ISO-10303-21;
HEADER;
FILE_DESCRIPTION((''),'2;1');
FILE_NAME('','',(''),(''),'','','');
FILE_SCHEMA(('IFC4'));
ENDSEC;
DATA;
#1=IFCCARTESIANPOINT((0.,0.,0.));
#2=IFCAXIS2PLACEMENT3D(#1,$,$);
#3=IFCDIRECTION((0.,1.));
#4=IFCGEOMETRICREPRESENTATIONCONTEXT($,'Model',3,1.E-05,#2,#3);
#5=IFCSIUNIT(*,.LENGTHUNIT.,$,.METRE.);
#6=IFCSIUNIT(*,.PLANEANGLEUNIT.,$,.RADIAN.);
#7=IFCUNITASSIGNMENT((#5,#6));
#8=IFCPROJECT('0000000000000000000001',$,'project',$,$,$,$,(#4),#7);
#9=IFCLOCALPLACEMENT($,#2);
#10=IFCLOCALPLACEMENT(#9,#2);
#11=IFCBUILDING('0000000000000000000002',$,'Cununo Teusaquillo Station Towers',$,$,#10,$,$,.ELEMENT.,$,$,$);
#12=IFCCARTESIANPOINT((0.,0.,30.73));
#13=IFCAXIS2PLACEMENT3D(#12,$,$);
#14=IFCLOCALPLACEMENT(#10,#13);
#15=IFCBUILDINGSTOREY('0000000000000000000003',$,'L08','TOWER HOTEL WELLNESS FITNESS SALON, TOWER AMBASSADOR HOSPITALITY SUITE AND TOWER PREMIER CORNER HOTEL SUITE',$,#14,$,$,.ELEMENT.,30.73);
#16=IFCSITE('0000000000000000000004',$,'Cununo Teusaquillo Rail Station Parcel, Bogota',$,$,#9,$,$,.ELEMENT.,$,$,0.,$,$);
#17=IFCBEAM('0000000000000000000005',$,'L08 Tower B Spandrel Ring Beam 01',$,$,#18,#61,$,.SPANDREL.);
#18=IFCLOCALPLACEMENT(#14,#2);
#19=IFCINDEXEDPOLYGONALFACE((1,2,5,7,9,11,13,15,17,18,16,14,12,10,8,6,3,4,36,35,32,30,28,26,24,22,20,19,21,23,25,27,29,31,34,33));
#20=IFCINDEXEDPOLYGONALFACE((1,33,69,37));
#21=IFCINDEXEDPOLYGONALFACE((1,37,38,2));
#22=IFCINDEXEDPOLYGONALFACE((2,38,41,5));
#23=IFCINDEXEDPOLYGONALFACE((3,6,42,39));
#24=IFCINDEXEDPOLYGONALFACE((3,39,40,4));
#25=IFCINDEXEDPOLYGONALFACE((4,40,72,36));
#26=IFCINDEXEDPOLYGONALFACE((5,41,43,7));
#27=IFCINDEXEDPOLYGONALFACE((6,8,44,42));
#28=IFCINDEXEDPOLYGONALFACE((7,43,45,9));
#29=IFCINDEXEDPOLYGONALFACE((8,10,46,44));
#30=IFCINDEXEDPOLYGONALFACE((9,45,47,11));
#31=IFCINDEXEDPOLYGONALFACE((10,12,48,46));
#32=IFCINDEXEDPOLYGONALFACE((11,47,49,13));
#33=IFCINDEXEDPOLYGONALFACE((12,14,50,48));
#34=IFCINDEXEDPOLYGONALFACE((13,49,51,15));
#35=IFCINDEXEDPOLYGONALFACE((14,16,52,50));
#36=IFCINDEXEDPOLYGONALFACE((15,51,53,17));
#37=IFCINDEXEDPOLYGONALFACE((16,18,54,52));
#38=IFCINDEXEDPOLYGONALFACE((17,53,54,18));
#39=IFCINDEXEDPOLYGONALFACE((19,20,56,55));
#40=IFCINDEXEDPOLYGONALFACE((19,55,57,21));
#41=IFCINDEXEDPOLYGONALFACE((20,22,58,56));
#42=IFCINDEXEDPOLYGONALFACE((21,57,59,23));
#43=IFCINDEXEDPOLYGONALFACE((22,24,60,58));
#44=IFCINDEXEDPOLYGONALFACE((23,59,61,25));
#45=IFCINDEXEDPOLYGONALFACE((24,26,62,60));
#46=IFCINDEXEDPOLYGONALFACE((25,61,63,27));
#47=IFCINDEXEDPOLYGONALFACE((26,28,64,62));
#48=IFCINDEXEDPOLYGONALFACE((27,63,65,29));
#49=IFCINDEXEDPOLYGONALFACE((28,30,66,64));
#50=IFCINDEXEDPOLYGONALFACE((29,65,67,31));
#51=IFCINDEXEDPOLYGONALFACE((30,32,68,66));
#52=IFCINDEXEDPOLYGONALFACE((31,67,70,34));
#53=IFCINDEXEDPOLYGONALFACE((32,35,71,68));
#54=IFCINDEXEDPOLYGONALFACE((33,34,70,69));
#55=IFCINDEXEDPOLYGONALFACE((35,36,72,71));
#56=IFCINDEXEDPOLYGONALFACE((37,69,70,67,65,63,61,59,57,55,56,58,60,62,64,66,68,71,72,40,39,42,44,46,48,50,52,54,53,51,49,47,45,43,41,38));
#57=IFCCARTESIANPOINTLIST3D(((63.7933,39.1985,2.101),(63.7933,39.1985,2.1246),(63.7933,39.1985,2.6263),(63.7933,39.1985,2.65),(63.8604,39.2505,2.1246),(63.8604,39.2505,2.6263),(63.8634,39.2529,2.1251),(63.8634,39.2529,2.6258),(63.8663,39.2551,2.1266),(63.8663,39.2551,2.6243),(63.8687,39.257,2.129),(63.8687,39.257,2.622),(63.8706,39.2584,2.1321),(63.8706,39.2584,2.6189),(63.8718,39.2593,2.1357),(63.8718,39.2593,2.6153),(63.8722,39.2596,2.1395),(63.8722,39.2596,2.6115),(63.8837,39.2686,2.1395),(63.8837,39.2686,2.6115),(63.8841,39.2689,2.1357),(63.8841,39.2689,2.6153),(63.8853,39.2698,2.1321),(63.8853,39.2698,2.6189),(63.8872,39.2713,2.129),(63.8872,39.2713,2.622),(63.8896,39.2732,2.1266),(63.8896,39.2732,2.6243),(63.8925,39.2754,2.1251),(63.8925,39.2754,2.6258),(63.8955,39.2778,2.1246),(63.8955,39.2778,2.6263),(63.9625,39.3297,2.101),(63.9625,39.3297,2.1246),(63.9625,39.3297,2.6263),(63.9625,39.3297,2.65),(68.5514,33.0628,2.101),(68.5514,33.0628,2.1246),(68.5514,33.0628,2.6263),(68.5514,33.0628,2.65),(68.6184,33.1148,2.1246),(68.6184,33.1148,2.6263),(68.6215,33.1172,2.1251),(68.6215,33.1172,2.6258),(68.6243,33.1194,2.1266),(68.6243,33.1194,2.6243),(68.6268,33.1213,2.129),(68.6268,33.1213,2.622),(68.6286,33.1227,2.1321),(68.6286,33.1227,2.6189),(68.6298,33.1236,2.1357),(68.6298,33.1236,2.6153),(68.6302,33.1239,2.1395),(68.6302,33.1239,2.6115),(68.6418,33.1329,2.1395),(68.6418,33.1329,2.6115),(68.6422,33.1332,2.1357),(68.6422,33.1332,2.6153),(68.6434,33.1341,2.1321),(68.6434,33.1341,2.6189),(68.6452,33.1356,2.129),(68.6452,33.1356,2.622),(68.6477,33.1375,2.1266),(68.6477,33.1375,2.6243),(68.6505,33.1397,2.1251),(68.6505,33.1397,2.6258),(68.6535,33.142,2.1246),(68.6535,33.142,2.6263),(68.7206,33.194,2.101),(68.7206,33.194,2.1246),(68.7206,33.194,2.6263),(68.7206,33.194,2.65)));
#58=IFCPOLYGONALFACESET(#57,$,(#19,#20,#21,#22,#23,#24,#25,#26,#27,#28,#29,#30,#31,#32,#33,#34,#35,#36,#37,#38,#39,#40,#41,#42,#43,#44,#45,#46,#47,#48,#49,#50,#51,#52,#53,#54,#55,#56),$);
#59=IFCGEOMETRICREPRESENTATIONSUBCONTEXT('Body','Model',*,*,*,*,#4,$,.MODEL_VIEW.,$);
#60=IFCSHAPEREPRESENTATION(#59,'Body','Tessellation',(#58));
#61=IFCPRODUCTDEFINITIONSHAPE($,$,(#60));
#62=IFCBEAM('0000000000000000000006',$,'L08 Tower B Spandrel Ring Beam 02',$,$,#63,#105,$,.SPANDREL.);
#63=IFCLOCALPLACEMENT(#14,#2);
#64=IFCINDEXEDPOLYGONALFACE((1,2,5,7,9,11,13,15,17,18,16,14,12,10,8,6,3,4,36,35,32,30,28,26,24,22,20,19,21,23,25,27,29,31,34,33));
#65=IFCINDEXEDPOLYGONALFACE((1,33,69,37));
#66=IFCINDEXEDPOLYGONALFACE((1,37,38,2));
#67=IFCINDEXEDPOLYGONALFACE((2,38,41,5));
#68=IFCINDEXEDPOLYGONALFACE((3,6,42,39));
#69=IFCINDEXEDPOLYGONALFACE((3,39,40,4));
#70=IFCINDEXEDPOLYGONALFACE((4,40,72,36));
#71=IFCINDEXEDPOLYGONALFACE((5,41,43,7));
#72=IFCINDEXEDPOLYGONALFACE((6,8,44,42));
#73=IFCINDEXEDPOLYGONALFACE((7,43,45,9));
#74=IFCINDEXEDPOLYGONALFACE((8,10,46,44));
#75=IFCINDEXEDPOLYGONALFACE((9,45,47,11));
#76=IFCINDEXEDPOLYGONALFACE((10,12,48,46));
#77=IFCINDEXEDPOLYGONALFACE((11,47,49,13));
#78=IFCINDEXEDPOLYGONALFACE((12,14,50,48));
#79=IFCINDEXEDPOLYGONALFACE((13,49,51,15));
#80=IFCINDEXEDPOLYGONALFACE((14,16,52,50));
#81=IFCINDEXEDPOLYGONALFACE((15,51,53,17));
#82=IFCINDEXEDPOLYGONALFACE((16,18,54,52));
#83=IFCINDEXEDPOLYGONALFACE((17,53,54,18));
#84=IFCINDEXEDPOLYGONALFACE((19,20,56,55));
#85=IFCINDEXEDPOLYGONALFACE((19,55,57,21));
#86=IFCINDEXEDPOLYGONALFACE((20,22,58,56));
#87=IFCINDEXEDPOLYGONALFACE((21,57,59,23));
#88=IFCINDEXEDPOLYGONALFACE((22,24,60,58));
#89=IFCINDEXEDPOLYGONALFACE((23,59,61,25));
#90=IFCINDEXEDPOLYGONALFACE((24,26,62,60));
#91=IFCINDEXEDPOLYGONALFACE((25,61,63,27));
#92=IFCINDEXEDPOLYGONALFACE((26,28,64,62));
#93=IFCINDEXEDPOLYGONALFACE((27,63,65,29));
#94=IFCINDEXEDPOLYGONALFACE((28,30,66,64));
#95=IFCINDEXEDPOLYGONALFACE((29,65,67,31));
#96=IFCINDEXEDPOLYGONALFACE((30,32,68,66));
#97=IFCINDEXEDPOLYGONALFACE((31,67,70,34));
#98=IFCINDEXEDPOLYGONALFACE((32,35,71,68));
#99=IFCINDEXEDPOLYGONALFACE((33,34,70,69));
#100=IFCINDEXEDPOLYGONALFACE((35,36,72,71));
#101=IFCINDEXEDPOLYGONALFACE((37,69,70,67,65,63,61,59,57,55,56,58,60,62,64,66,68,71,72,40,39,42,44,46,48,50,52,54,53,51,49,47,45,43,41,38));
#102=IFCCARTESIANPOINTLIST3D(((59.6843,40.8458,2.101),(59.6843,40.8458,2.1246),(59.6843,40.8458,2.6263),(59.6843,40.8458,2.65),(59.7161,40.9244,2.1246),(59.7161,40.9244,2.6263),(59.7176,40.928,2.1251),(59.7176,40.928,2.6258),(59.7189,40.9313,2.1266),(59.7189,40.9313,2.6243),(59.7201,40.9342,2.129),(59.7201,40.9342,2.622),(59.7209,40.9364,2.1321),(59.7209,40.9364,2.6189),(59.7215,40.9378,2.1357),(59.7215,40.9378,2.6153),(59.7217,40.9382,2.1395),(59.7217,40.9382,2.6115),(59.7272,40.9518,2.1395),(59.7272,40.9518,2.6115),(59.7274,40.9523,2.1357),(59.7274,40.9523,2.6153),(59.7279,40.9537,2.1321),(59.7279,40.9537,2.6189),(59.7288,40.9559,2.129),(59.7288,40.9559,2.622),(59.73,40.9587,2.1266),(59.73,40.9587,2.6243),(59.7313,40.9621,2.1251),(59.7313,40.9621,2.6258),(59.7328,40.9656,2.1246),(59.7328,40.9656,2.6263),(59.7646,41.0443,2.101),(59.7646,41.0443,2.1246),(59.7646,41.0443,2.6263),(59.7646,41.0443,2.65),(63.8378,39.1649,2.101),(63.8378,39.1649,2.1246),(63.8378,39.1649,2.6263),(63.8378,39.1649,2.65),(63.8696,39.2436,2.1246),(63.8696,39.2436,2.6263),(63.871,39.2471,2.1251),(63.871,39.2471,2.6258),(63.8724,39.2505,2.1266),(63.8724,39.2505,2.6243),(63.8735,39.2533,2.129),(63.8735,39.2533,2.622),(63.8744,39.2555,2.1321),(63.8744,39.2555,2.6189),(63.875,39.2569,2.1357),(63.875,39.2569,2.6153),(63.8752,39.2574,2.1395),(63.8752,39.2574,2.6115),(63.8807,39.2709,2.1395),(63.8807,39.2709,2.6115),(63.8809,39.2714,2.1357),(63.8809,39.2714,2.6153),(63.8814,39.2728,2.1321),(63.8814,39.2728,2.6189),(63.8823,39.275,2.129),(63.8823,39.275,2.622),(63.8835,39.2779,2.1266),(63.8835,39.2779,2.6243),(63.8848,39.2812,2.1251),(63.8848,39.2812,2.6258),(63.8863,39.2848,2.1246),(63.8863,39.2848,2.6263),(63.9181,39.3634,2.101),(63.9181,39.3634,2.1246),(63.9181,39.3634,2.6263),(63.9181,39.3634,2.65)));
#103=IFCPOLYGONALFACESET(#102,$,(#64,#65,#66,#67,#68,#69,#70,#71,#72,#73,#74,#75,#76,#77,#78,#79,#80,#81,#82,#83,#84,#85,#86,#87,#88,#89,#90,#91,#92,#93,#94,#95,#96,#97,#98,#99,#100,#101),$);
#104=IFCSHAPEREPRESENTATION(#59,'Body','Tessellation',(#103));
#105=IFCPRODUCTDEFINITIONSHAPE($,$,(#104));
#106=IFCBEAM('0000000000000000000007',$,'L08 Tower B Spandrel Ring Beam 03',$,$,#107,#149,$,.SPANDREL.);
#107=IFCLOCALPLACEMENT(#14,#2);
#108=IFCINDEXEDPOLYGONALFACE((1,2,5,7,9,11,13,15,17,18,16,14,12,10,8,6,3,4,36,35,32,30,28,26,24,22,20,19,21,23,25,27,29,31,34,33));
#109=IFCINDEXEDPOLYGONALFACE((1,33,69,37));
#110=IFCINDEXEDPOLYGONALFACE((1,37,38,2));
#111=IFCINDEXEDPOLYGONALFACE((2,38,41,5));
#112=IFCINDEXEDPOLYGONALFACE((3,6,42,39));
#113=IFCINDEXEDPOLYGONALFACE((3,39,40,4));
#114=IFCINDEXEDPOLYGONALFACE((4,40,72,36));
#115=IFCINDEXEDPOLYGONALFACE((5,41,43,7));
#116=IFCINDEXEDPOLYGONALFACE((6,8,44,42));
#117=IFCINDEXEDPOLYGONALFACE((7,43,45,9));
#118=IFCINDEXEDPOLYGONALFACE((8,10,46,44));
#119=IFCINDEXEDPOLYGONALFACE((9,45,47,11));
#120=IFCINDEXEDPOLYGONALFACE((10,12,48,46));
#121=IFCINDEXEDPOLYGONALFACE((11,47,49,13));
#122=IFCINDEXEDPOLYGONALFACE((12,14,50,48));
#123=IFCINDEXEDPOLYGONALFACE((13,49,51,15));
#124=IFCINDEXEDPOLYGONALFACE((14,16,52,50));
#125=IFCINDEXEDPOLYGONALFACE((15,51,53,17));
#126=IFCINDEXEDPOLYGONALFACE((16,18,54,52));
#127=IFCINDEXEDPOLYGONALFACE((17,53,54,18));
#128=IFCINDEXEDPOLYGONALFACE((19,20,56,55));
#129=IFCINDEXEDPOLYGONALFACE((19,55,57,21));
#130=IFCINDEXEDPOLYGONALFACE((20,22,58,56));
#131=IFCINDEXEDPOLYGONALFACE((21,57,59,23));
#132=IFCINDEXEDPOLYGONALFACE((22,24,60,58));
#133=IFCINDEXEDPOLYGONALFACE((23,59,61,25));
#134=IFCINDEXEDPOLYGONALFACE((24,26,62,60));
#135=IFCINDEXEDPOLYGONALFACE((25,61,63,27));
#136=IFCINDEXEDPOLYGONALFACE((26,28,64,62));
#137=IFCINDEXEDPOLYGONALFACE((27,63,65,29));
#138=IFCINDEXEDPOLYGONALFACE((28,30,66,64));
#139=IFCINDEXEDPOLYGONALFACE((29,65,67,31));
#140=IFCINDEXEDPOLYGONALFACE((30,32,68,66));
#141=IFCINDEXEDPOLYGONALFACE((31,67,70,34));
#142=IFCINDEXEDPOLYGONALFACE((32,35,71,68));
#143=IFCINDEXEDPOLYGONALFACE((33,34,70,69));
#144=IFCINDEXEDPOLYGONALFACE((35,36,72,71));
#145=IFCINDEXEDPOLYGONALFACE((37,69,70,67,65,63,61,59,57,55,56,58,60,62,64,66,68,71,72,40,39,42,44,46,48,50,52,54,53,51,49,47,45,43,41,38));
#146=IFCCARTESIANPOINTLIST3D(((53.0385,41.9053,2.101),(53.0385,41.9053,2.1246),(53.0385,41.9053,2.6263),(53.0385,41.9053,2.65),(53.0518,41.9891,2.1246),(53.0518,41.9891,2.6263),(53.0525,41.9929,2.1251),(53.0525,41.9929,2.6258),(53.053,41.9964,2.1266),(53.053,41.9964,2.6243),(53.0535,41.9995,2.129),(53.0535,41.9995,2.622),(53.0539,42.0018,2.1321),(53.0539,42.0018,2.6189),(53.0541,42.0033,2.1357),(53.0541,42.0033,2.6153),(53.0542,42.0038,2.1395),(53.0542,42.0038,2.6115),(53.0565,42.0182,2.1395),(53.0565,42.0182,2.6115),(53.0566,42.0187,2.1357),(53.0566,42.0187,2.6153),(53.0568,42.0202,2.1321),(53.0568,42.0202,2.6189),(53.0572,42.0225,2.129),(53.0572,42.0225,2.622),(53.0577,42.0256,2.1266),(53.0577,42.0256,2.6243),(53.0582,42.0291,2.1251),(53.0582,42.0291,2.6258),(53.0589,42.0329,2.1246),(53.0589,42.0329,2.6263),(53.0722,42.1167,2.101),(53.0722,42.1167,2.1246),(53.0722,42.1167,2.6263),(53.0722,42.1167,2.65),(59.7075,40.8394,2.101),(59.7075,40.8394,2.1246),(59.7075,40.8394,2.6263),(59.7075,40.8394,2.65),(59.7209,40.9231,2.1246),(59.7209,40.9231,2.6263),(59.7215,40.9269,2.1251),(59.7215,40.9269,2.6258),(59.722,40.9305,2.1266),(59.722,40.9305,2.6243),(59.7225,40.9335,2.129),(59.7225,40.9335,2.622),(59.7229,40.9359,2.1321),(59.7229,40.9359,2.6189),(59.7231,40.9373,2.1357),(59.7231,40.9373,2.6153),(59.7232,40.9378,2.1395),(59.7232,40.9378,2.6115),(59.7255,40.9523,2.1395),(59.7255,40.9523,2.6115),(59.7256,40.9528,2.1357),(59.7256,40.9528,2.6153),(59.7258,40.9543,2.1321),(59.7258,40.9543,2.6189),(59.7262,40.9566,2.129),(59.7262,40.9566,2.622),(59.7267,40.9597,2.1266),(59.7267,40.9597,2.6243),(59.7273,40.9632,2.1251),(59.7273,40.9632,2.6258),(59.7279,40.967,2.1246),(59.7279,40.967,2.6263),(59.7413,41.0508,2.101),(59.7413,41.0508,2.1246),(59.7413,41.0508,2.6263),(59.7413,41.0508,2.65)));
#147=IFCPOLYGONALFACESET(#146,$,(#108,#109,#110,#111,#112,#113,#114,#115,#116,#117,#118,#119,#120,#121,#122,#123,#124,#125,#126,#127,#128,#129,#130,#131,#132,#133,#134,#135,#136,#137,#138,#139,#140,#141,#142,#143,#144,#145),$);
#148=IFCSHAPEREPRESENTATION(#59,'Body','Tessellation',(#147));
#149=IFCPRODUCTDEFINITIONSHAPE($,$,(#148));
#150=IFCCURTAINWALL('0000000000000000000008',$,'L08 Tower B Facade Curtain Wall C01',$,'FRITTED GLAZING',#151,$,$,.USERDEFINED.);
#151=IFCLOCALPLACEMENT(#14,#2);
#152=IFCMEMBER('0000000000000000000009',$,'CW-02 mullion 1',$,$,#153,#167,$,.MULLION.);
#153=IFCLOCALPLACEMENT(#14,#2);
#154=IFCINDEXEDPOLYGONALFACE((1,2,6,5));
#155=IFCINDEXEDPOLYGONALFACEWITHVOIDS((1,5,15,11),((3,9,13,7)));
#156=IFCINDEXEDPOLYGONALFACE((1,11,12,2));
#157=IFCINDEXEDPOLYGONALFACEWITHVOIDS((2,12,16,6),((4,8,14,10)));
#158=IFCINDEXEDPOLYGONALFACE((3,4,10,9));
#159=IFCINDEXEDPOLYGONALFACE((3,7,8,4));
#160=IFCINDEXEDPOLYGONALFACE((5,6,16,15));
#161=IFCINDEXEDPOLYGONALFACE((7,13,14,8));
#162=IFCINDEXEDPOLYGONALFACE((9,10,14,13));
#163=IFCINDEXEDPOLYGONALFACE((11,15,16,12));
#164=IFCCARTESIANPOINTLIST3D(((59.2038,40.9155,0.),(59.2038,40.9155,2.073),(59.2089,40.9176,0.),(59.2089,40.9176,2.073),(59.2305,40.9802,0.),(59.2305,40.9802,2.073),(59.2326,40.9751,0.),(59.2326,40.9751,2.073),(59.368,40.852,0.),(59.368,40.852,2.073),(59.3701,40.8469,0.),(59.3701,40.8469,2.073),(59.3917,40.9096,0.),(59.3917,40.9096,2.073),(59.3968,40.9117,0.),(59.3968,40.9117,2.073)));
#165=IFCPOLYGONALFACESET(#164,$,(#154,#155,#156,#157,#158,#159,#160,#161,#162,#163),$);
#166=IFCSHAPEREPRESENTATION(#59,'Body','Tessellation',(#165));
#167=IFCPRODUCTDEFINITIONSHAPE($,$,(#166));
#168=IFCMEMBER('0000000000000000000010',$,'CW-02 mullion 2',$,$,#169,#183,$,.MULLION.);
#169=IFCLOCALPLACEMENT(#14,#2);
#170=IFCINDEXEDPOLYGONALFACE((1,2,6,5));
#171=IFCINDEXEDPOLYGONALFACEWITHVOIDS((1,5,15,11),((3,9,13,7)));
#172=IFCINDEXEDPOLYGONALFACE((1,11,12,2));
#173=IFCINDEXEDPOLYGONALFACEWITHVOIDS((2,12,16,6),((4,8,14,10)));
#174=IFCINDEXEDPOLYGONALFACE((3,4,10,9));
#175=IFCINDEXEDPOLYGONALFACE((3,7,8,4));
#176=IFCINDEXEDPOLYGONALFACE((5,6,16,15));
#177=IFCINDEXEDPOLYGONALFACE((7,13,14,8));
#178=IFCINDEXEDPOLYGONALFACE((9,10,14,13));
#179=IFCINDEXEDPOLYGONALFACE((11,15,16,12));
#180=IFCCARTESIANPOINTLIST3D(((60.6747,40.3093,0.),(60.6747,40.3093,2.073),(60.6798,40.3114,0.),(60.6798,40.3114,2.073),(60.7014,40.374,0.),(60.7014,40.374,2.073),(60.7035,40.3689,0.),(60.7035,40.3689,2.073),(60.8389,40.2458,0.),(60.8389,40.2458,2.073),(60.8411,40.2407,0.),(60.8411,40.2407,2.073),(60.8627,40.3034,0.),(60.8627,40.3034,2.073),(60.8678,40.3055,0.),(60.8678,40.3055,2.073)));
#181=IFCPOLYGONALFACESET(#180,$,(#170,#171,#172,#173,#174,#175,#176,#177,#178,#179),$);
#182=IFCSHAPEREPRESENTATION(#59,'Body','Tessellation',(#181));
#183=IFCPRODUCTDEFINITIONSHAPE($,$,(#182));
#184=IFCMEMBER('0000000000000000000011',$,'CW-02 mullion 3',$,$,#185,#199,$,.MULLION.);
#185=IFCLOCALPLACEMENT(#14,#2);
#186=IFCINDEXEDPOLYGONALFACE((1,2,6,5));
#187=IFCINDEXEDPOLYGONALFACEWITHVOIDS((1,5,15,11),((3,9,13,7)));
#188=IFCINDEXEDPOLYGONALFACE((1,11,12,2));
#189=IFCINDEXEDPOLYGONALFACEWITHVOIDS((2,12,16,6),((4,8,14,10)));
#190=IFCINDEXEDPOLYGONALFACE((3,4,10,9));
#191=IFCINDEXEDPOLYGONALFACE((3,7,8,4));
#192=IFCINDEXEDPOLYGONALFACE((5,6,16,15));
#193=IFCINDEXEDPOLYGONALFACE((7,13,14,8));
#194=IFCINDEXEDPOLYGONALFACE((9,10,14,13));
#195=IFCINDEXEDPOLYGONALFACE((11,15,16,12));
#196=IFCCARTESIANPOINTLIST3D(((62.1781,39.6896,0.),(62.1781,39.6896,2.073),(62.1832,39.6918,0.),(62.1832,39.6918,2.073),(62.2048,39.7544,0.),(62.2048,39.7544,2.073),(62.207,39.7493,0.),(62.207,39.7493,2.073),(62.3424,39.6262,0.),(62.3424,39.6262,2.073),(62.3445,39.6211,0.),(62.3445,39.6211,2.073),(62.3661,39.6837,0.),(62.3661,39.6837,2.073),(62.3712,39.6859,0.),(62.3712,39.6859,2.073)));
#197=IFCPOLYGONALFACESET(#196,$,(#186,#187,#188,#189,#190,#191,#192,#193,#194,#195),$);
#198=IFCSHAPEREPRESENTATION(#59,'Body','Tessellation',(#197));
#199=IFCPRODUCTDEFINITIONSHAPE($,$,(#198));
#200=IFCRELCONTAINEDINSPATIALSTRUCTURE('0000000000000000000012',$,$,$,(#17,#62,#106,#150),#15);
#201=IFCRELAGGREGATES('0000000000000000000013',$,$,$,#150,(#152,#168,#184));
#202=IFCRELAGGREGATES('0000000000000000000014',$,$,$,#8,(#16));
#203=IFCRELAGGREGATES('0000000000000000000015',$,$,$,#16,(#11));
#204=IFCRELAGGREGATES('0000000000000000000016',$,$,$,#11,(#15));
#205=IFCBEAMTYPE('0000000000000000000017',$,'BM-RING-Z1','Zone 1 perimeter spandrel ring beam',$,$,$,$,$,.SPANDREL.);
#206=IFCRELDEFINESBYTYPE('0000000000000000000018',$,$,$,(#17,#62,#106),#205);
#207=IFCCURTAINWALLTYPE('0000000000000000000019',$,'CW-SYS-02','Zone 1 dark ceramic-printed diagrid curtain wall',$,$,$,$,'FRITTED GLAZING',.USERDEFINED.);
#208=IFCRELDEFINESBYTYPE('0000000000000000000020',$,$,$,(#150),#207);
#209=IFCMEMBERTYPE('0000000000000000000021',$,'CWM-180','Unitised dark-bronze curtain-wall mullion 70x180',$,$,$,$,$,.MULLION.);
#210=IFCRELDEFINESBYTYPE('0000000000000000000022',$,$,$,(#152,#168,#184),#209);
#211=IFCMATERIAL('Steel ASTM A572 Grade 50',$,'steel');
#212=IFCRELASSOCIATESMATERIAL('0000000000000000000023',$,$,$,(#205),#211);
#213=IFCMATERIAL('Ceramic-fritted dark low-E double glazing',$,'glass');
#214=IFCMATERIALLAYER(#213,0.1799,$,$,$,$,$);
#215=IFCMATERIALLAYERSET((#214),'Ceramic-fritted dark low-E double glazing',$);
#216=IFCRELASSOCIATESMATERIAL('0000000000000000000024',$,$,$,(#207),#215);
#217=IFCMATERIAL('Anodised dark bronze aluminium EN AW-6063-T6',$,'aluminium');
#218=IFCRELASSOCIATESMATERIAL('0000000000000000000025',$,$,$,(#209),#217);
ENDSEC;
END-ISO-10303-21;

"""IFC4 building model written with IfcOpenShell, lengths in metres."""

from ifc_helpers import new_model, si_unit, direction, frame, origin, origin_2d, place, context, subcontext, project, spatial, hollow_rectangle, i_section, extrude, material, layer, layer_set, material_profile, profile_set, type_object, element, aggregate, save


model = new_model("IFC4")

# Units and contexts
model_context = context("Model", 3, precision=1e-05, world=origin(), true_north=direction((0.0, 1.0)))
body_context = subcontext(model_context, "Body", "Model", "MODEL_VIEW")
ifc_project = project(units=[si_unit("LENGTHUNIT", "METRE"), si_unit("PLANEANGLEUNIT", "RADIAN")], contexts=[model_context])

# Site, building, storey
site_placement = place(None, origin())
site = spatial("IfcSite", under=ifc_project, at=site_placement, Name="Cununo Teusaquillo Rail Station Parcel, Bogota", CompositionType="ELEMENT", RefElevation=0.0)
building_placement = place(site_placement, origin())
building = spatial("IfcBuilding", under=site, at=building_placement, Name="Cununo Teusaquillo Station Towers", CompositionType="ELEMENT")
storey_placement = place(building_placement, frame((0.0, 0.0, 30.73)))
storey = spatial("IfcBuildingStorey", under=building, at=storey_placement, Name="L08", Description="TOWER HOTEL WELLNESS FITNESS SALON, TOWER AMBASSADOR HOSPITALITY SUITE AND TOWER PREMIER CORNER HOTEL SUITE", CompositionType="ELEMENT", Elevation=30.73)

# Beams
ifc_material_1 = material(Name="Steel ASTM A572 Grade 50", Category="steel")
ifc_material_profile_1 = material_profile(ifc_material_1, i_section(OverallWidth=0.2141, OverallDepth=0.5491, WebThickness=0.0146, FlangeThickness=0.0237, FilletRadius=0.0149, at=origin_2d()), Name="W21X93")
ifc_profile_set_1 = profile_set([ifc_material_profile_1], Name="Steel ASTM A572 Grade 50")
beam_type = type_object("IfcBeamType", Name="BM-RING-Z1", Description="Zone 1 perimeter spandrel ring beam", PredefinedType="SPANDREL", material=ifc_profile_set_1)
beam_1_placement = place(storey_placement, frame((68.636, 33.1284, 2.3755), z_axis=(-0.612801, 0.790237, 0.0), x_axis=(-0.790237, -0.612801, 0.0)))
element("IfcBeam", 1, at=beam_1_placement, inside=storey, type_object=beam_type, Name="L08 Tower B Spandrel Ring Beam 01", PredefinedType="SPANDREL", context=body_context, shape_type="SweptSolid", body=[
    extrude(i_section(OverallWidth=0.2141, OverallDepth=0.5491, WebThickness=0.0146, FlangeThickness=0.0237, FilletRadius=0.0149, at=origin_2d()), origin(), (0.0, 0.0, 1.0), 7.7644),
])
beam_2_placement = place(storey_placement, frame((63.8779, 39.2642, 2.3755), z_axis=(-0.92697, 0.375136, 0.0), x_axis=(-0.375136, -0.92697, 0.0)))
element("IfcBeam", 2, at=beam_2_placement, inside=storey, type_object=beam_type, Name="L08 Tower B Spandrel Ring Beam 02", PredefinedType="SPANDREL", context=body_context, shape_type="SweptSolid", body=[
    extrude(i_section(OverallWidth=0.2141, OverallDepth=0.5491, WebThickness=0.0146, FlangeThickness=0.0237, FilletRadius=0.0149, at=origin_2d()), origin(), (0.0, 0.0, 1.0), 4.4807),
])
beam_3_placement = place(storey_placement, frame((59.7244, 40.9451, 2.3755), z_axis=(-0.987466, 0.15783, 0.0), x_axis=(-0.15783, -0.987466, 0.0)))
element("IfcBeam", 3, at=beam_3_placement, inside=storey, type_object=beam_type, Name="L08 Tower B Spandrel Ring Beam 03", PredefinedType="SPANDREL", context=body_context, shape_type="SweptSolid", body=[
    extrude(i_section(OverallWidth=0.2141, OverallDepth=0.5491, WebThickness=0.0146, FlangeThickness=0.0237, FilletRadius=0.0149, at=origin_2d()), origin(), (0.0, 0.0, 1.0), 6.7537),
])

# Curtain wall, members
ifc_material_2 = material(Name="Ceramic-fritted dark low-E double glazing", Category="glass")
ifc_layer_1 = layer(ifc_material_2, 0.1799)
ifc_layer_set_1 = layer_set([ifc_layer_1], Name="Ceramic-fritted dark low-E double glazing")
curtain_wall_type = type_object("IfcCurtainWallType", Name="CW-SYS-02", Description="Zone 1 dark ceramic-printed diagrid curtain wall", ElementType="FRITTED GLAZING", PredefinedType="USERDEFINED", material=ifc_layer_set_1)
curtain_wall_placement = place(storey_placement, origin())
curtain_wall = element("IfcCurtainWall", 4, at=curtain_wall_placement, inside=storey, type_object=curtain_wall_type, Name="L08 Tower B Facade Curtain Wall C01", ObjectType="FRITTED GLAZING", PredefinedType="USERDEFINED")
ifc_material_3 = material(Name="Anodised dark bronze aluminium EN AW-6063-T6", Category="aluminium")
ifc_material_profile_2 = material_profile(ifc_material_3, hollow_rectangle(XDim=0.0701, YDim=0.1799, WallThickness=0.0039, at=origin_2d()), Name="CW-MULL-70x180")
ifc_profile_set_2 = profile_set([ifc_material_profile_2], Name="Anodised dark bronze aluminium EN AW-6063-T6")
member_type_1 = type_object("IfcMemberType", Name="CWM-180", Description="Unitised dark-bronze curtain-wall mullion 70x180", PredefinedType="MULLION", material=ifc_profile_set_2)
member_1_placement = place(storey_placement, frame((59.3003, 40.9136, 0.0), z_axis=(0.0, 0.0, 1.0), x_axis=(0.381055, 0.924552, 0.0)))
member_1 = element("IfcMember", 5, at=member_1_placement, type_object=member_type_1, Name="CW-02 mullion 1", PredefinedType="MULLION", context=body_context, shape_type="SweptSolid", body=[
    extrude(hollow_rectangle(XDim=0.0701, YDim=0.1799, WallThickness=0.0039, at=origin_2d()), origin(), (0.0, 0.0, 1.0), 2.073),
])
member_2_placement = place(storey_placement, frame((60.7712, 40.3074, 0.0), z_axis=(0.0, 0.0, 1.0), x_axis=(0.381055, 0.924552, 0.0)))
member_2 = element("IfcMember", 6, at=member_2_placement, type_object=member_type_1, Name="CW-02 mullion 2", PredefinedType="MULLION", context=body_context, shape_type="SweptSolid", body=[
    extrude(hollow_rectangle(XDim=0.0701, YDim=0.1799, WallThickness=0.0039, at=origin_2d()), origin(), (0.0, 0.0, 1.0), 2.073),
])
member_3_placement = place(storey_placement, frame((62.2747, 39.6877, 0.0), z_axis=(0.0, 0.0, 1.0), x_axis=(0.381055, 0.924552, 0.0)))
member_3 = element("IfcMember", 7, at=member_3_placement, type_object=member_type_1, Name="CW-02 mullion 3", PredefinedType="MULLION", context=body_context, shape_type="SweptSolid", body=[
    extrude(hollow_rectangle(XDim=0.0701, YDim=0.1799, WallThickness=0.0039, at=origin_2d()), origin(), (0.0, 0.0, 1.0), 2.073),
])

aggregate(curtain_wall, [member_1, member_2, member_3])

save(model, "model.ifc")
